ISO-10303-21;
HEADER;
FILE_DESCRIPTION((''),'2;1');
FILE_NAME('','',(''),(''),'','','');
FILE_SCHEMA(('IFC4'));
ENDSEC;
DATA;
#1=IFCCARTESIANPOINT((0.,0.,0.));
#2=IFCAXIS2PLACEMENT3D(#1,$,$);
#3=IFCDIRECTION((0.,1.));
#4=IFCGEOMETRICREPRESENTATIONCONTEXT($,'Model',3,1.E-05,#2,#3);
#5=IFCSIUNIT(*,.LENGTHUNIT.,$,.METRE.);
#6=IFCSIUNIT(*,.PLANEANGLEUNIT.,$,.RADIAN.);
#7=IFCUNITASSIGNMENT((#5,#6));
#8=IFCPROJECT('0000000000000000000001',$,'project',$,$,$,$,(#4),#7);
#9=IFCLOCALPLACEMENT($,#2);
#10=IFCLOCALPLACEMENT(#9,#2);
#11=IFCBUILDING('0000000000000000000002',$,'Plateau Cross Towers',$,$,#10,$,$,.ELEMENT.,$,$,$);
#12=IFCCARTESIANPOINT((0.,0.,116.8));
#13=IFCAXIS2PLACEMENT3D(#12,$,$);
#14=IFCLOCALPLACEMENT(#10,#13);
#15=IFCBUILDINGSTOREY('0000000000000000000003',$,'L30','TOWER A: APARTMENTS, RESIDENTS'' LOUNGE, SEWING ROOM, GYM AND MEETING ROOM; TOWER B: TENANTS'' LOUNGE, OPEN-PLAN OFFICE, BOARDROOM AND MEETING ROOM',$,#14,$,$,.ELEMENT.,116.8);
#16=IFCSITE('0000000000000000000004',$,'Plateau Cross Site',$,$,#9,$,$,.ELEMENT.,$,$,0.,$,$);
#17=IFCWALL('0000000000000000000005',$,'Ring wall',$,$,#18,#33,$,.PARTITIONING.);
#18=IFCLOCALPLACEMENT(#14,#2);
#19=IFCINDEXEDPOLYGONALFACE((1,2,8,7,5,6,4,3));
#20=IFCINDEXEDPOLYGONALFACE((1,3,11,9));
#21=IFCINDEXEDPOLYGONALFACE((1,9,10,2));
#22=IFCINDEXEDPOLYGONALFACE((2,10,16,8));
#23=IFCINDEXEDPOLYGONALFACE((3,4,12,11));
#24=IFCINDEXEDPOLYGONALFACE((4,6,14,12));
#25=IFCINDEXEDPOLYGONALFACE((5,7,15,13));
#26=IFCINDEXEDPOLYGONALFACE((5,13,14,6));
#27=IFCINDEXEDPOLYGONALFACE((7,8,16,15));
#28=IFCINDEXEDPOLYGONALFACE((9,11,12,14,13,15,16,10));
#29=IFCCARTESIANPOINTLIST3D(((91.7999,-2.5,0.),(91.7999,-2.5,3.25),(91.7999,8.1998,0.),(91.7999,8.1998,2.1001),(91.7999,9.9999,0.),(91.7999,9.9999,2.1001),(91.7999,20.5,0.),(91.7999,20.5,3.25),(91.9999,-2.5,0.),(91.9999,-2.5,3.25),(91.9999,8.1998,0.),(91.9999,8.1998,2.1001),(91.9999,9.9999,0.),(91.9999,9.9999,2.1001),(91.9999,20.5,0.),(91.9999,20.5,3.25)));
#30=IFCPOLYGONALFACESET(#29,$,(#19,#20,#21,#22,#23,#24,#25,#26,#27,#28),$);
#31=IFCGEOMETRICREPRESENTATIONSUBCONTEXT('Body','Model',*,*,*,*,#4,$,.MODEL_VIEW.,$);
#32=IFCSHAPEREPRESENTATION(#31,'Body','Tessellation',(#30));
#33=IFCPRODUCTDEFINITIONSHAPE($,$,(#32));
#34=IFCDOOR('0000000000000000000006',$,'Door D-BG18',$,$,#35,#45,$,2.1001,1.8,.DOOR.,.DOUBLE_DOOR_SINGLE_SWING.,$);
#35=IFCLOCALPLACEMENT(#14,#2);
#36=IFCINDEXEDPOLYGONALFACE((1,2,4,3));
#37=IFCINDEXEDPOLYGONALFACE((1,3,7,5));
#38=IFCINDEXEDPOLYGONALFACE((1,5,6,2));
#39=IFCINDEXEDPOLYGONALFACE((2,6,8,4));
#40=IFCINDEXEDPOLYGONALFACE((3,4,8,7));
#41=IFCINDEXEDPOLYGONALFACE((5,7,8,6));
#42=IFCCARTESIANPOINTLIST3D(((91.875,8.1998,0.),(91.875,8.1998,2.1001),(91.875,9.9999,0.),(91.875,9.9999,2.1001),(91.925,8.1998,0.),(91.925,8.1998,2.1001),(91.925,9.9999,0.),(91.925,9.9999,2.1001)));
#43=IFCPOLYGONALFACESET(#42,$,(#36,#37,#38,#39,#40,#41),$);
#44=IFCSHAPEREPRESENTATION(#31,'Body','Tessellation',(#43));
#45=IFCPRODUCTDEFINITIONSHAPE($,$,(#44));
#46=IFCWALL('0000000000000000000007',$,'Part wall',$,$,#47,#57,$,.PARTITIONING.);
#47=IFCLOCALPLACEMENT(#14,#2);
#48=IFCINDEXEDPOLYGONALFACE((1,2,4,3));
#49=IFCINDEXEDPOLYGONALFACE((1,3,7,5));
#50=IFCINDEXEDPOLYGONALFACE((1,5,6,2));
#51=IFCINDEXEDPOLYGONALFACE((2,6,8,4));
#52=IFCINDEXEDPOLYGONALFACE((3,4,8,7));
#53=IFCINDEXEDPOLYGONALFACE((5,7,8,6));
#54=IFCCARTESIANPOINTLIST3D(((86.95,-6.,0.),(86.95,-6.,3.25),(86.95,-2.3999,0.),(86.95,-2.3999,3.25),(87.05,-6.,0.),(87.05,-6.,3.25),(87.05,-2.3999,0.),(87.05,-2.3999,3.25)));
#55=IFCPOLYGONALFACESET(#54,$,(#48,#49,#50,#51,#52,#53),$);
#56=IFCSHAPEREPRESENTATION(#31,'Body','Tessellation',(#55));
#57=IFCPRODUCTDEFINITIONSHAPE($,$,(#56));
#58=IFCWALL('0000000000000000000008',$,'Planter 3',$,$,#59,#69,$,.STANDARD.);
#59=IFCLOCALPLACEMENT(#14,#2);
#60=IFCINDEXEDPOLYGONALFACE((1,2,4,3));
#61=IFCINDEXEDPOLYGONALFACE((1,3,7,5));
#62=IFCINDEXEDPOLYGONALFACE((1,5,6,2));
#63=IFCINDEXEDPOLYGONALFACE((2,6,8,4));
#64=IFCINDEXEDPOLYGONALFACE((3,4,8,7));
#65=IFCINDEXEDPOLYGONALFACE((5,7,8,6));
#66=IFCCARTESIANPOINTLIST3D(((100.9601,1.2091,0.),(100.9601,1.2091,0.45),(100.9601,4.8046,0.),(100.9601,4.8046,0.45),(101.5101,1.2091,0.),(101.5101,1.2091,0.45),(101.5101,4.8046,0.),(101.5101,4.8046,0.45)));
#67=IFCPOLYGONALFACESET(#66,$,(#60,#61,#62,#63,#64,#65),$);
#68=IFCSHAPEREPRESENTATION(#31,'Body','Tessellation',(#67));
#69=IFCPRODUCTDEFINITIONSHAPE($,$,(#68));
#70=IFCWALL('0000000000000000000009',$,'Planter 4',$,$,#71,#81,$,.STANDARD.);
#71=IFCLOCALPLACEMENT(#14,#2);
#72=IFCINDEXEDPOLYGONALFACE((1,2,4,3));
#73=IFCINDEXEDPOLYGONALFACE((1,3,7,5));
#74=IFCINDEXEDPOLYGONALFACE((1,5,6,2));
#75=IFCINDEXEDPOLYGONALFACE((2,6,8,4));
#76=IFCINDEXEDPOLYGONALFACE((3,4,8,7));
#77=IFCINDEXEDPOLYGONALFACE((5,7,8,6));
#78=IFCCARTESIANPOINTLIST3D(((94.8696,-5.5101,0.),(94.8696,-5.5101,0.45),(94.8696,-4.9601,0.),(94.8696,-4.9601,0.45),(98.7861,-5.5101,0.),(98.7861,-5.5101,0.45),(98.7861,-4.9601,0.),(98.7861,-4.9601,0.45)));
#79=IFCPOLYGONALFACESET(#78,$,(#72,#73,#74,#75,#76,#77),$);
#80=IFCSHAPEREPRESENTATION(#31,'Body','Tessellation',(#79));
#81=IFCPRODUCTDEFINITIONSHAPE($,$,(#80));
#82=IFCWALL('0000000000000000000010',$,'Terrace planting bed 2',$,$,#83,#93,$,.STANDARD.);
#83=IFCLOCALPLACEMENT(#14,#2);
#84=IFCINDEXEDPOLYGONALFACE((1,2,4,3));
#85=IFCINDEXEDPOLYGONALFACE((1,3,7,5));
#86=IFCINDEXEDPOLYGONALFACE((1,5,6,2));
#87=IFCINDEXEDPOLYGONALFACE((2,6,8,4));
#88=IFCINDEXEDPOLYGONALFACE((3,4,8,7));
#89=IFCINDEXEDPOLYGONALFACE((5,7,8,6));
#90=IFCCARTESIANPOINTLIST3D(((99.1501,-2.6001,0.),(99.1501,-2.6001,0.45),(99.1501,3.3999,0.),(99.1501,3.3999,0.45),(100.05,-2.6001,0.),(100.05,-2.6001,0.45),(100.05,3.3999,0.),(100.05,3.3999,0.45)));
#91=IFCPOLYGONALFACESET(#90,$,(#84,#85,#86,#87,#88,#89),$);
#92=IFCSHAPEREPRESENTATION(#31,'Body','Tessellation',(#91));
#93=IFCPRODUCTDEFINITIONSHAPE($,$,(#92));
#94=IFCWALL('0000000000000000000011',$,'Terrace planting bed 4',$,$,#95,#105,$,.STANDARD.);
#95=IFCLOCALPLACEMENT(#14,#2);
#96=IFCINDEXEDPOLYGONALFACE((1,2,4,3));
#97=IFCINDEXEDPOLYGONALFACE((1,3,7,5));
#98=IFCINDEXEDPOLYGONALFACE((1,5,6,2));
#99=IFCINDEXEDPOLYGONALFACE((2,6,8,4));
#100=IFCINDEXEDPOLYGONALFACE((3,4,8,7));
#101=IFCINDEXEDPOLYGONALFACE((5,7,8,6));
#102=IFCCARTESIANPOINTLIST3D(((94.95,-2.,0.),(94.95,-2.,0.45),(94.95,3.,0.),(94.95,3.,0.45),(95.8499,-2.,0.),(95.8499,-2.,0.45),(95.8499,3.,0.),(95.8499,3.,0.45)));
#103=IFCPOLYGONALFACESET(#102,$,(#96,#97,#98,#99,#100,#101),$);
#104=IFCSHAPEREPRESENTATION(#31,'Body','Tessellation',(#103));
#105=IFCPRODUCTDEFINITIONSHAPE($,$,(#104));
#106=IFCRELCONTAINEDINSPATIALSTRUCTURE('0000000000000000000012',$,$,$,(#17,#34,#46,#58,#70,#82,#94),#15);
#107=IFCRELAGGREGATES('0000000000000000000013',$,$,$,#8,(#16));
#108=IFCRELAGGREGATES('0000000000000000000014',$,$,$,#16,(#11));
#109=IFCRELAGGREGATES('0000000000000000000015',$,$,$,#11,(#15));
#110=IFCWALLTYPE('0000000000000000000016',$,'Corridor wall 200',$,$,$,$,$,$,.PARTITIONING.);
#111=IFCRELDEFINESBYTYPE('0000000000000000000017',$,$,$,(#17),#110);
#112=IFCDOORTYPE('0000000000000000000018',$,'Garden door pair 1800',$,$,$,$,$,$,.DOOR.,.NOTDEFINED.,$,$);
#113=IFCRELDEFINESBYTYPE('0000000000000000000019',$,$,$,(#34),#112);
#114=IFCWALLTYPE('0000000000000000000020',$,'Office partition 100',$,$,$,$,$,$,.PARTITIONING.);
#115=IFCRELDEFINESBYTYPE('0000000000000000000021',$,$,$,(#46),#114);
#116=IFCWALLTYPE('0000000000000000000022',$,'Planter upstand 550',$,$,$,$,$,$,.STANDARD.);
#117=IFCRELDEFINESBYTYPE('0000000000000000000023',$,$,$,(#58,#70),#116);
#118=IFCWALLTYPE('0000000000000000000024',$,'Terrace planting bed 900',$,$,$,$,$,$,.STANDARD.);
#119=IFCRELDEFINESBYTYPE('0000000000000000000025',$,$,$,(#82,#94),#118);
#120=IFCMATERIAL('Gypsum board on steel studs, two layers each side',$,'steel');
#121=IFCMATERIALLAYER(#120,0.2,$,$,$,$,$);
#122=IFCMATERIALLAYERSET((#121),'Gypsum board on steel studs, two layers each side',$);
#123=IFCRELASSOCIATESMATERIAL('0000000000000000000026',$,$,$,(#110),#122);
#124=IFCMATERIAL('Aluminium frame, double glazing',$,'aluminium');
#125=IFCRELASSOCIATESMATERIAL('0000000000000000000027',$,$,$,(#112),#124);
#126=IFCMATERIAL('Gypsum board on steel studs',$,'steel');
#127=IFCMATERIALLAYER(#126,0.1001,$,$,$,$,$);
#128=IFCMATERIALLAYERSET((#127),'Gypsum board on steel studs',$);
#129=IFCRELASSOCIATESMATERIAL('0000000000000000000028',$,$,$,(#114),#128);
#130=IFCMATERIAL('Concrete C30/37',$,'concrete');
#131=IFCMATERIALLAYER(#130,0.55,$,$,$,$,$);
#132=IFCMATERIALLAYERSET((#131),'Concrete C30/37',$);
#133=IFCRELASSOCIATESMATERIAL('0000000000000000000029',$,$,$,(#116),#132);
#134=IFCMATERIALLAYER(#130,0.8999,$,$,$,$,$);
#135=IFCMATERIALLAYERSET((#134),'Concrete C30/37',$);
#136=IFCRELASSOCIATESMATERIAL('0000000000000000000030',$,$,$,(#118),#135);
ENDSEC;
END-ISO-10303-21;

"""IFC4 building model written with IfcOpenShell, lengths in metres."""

from ifc_helpers import new_model, si_unit, direction, frame, frame_2d, origin, place, context, subcontext, project, spatial, rectangle, extrude, material, layer, layer_set, type_object, element, fill, save


model = new_model("IFC4")

# Units and contexts
model_context = context("Model", 3, precision=1e-05, world=origin(), true_north=direction((0.0, 1.0)))
body_context = subcontext(model_context, "Body", "Model", "MODEL_VIEW")
ifc_project = project(units=[si_unit("LENGTHUNIT", "METRE"), si_unit("PLANEANGLEUNIT", "RADIAN")], contexts=[model_context])

# Site, building, storey
site_placement = place(None, origin())
site = spatial("IfcSite", under=ifc_project, at=site_placement, Name="Plateau Cross Site", CompositionType="ELEMENT", RefElevation=0.0)
building_placement = place(site_placement, origin())
building = spatial("IfcBuilding", under=site, at=building_placement, Name="Plateau Cross Towers", CompositionType="ELEMENT")
storey_placement = place(building_placement, frame((0.0, 0.0, 116.8)))
storey = spatial("IfcBuildingStorey", under=building, at=storey_placement, Name="L30", Description="TOWER A: APARTMENTS, RESIDENTS' LOUNGE, SEWING ROOM, GYM AND MEETING ROOM; TOWER B: TENANTS' LOUNGE, OPEN-PLAN OFFICE, BOARDROOM AND MEETING ROOM", CompositionType="ELEMENT", Elevation=116.8)

# Wall, opening, door
ifc_material_1 = material(Name="Gypsum board on steel studs, two layers each side", Category="steel")
ifc_layer_1 = layer(ifc_material_1, 0.2)
ifc_layer_set_1 = layer_set([ifc_layer_1], Name="Gypsum board on steel studs, two layers each side")
wall_type_1 = type_object("IfcWallType", Name="Corridor wall 200", PredefinedType="PARTITIONING", material=ifc_layer_set_1)
wall_1_placement = place(storey_placement, frame((91.8999, -2.5, 0.0), z_axis=(0.0, 0.0, 1.0), x_axis=(0.0, 1.0, 0.0)))
wall_1 = element("IfcWall", 1, at=wall_1_placement, inside=storey, type_object=wall_type_1, Name="Ring wall", PredefinedType="PARTITIONING", context=body_context, shape_type="SweptSolid", body=[
    extrude(rectangle(XDim=23.0, YDim=0.2, at=frame_2d((11.5, 0.0))), origin(), (0.0, 0.0, 1.0), 3.25),
])
opening_1_placement = place(wall_1_placement, frame((10.7, 0.0, 0.0)))
opening_1 = element("IfcOpeningElement", 2, at=opening_1_placement, cuts=wall_1, PredefinedType="OPENING", context=body_context, shape_type="SweptSolid", body=[
    extrude(rectangle(XDim=1.8, YDim=2.1001, at=frame_2d((0.8999, 1.05))), frame((0.0, 0.1099, 0.0), z_axis=(0.0, -1.0, 0.0), x_axis=(1.0, 0.0, 0.0)), (0.0, 0.0, 1.0), 0.22),
])
ifc_material_2 = material(Name="Aluminium frame, double glazing", Category="aluminium")
door_type_1 = type_object("IfcDoorType", Name="Garden door pair 1800", OperationType="NOTDEFINED", PredefinedType="DOOR", material=ifc_material_2)
door_1_placement = place(opening_1_placement, origin())
door_1 = element("IfcDoor", 3, at=door_1_placement, inside=storey, type_object=door_type_1, Name="Door D-BG18", OperationType="DOUBLE_DOOR_SINGLE_SWING", OverallHeight=2.1001, OverallWidth=1.8, PredefinedType="DOOR", context=body_context, shape_type="SweptSolid", body=[
    extrude(rectangle(XDim=1.8, YDim=2.1001, at=frame_2d((0.8999, 1.05))), frame((0.0, 0.0249, 0.0), z_axis=(0.0, -1.0, 0.0), x_axis=(1.0, 0.0, 0.0)), (0.0, 0.0, 1.0), 0.05),
])
fill(opening_1, door_1)

# Walls
ifc_material_3 = material(Name="Gypsum board on steel studs", Category="steel")
ifc_layer_2 = layer(ifc_material_3, 0.1001)
ifc_layer_set_2 = layer_set([ifc_layer_2], Name="Gypsum board on steel studs")
wall_type_2 = type_object("IfcWallType", Name="Office partition 100", PredefinedType="PARTITIONING", material=ifc_layer_set_2)
wall_2_placement = place(storey_placement, frame((87.0, -6.0, 0.0), z_axis=(0.0, 0.0, 1.0), x_axis=(0.0, 1.0, 0.0)))
element("IfcWall", 4, at=wall_2_placement, inside=storey, type_object=wall_type_2, Name="Part wall", PredefinedType="PARTITIONING", context=body_context, shape_type="SweptSolid", body=[
    extrude(rectangle(XDim=3.6001, YDim=0.1001, at=frame_2d((1.8, 0.0))), origin(), (0.0, 0.0, 1.0), 3.25),
])
ifc_material_4 = material(Name="Concrete C30/37", Category="concrete")
ifc_layer_3 = layer(ifc_material_4, 0.55)
ifc_layer_set_3 = layer_set([ifc_layer_3], Name="Concrete C30/37")
wall_type_3 = type_object("IfcWallType", Name="Planter upstand 550", PredefinedType="STANDARD", material=ifc_layer_set_3)
wall_3_placement = place(storey_placement, frame((101.2351, 4.8047, 0.0), z_axis=(0.0, 0.0, 1.0), x_axis=(0.0, -1.0, 0.0)))
element("IfcWall", 5, at=wall_3_placement, inside=storey, type_object=wall_type_3, Name="Planter 3", PredefinedType="STANDARD", context=body_context, shape_type="SweptSolid", body=[
    extrude(rectangle(XDim=3.5955, YDim=0.55, at=frame_2d((1.7979, 0.0))), origin(), (0.0, 0.0, 1.0), 0.45),
])
wall_4_placement = place(storey_placement, frame((98.7861, -5.2351, 0.0), z_axis=(0.0, 0.0, 1.0), x_axis=(-1.0, 0.0, 0.0)))
element("IfcWall", 6, at=wall_4_placement, inside=storey, type_object=wall_type_3, Name="Planter 4", PredefinedType="STANDARD", context=body_context, shape_type="SweptSolid", body=[
    extrude(rectangle(XDim=3.9165, YDim=0.55, at=frame_2d((1.9583, 0.0))), origin(), (0.0, 0.0, 1.0), 0.45),
])
ifc_layer_4 = layer(ifc_material_4, 0.8999)
ifc_layer_set_4 = layer_set([ifc_layer_4], Name="Concrete C30/37")
wall_type_4 = type_object("IfcWallType", Name="Terrace planting bed 900", PredefinedType="STANDARD", material=ifc_layer_set_4)
wall_5_placement = place(storey_placement, frame((99.6001, -2.6001, 0.0), z_axis=(0.0, 0.0, 1.0), x_axis=(0.0, 1.0, 0.0)))
element("IfcWall", 7, at=wall_5_placement, inside=storey, type_object=wall_type_4, Name="Terrace planting bed 2", PredefinedType="STANDARD", context=body_context, shape_type="SweptSolid", body=[
    extrude(rectangle(XDim=6.0, YDim=0.8999, at=frame_2d((3.0, 0.0))), origin(), (0.0, 0.0, 1.0), 0.45),
])
wall_6_placement = place(storey_placement, frame((95.3999, -2.0, 0.0), z_axis=(0.0, 0.0, 1.0), x_axis=(0.0, 1.0, 0.0)))
element("IfcWall", 8, at=wall_6_placement, inside=storey, type_object=wall_type_4, Name="Terrace planting bed 4", PredefinedType="STANDARD", context=body_context, shape_type="SweptSolid", body=[
    extrude(rectangle(XDim=5.0, YDim=0.8999, at=frame_2d((2.5, 0.0))), origin(), (0.0, 0.0, 1.0), 0.45),
])

save(model, "model.ifc")
